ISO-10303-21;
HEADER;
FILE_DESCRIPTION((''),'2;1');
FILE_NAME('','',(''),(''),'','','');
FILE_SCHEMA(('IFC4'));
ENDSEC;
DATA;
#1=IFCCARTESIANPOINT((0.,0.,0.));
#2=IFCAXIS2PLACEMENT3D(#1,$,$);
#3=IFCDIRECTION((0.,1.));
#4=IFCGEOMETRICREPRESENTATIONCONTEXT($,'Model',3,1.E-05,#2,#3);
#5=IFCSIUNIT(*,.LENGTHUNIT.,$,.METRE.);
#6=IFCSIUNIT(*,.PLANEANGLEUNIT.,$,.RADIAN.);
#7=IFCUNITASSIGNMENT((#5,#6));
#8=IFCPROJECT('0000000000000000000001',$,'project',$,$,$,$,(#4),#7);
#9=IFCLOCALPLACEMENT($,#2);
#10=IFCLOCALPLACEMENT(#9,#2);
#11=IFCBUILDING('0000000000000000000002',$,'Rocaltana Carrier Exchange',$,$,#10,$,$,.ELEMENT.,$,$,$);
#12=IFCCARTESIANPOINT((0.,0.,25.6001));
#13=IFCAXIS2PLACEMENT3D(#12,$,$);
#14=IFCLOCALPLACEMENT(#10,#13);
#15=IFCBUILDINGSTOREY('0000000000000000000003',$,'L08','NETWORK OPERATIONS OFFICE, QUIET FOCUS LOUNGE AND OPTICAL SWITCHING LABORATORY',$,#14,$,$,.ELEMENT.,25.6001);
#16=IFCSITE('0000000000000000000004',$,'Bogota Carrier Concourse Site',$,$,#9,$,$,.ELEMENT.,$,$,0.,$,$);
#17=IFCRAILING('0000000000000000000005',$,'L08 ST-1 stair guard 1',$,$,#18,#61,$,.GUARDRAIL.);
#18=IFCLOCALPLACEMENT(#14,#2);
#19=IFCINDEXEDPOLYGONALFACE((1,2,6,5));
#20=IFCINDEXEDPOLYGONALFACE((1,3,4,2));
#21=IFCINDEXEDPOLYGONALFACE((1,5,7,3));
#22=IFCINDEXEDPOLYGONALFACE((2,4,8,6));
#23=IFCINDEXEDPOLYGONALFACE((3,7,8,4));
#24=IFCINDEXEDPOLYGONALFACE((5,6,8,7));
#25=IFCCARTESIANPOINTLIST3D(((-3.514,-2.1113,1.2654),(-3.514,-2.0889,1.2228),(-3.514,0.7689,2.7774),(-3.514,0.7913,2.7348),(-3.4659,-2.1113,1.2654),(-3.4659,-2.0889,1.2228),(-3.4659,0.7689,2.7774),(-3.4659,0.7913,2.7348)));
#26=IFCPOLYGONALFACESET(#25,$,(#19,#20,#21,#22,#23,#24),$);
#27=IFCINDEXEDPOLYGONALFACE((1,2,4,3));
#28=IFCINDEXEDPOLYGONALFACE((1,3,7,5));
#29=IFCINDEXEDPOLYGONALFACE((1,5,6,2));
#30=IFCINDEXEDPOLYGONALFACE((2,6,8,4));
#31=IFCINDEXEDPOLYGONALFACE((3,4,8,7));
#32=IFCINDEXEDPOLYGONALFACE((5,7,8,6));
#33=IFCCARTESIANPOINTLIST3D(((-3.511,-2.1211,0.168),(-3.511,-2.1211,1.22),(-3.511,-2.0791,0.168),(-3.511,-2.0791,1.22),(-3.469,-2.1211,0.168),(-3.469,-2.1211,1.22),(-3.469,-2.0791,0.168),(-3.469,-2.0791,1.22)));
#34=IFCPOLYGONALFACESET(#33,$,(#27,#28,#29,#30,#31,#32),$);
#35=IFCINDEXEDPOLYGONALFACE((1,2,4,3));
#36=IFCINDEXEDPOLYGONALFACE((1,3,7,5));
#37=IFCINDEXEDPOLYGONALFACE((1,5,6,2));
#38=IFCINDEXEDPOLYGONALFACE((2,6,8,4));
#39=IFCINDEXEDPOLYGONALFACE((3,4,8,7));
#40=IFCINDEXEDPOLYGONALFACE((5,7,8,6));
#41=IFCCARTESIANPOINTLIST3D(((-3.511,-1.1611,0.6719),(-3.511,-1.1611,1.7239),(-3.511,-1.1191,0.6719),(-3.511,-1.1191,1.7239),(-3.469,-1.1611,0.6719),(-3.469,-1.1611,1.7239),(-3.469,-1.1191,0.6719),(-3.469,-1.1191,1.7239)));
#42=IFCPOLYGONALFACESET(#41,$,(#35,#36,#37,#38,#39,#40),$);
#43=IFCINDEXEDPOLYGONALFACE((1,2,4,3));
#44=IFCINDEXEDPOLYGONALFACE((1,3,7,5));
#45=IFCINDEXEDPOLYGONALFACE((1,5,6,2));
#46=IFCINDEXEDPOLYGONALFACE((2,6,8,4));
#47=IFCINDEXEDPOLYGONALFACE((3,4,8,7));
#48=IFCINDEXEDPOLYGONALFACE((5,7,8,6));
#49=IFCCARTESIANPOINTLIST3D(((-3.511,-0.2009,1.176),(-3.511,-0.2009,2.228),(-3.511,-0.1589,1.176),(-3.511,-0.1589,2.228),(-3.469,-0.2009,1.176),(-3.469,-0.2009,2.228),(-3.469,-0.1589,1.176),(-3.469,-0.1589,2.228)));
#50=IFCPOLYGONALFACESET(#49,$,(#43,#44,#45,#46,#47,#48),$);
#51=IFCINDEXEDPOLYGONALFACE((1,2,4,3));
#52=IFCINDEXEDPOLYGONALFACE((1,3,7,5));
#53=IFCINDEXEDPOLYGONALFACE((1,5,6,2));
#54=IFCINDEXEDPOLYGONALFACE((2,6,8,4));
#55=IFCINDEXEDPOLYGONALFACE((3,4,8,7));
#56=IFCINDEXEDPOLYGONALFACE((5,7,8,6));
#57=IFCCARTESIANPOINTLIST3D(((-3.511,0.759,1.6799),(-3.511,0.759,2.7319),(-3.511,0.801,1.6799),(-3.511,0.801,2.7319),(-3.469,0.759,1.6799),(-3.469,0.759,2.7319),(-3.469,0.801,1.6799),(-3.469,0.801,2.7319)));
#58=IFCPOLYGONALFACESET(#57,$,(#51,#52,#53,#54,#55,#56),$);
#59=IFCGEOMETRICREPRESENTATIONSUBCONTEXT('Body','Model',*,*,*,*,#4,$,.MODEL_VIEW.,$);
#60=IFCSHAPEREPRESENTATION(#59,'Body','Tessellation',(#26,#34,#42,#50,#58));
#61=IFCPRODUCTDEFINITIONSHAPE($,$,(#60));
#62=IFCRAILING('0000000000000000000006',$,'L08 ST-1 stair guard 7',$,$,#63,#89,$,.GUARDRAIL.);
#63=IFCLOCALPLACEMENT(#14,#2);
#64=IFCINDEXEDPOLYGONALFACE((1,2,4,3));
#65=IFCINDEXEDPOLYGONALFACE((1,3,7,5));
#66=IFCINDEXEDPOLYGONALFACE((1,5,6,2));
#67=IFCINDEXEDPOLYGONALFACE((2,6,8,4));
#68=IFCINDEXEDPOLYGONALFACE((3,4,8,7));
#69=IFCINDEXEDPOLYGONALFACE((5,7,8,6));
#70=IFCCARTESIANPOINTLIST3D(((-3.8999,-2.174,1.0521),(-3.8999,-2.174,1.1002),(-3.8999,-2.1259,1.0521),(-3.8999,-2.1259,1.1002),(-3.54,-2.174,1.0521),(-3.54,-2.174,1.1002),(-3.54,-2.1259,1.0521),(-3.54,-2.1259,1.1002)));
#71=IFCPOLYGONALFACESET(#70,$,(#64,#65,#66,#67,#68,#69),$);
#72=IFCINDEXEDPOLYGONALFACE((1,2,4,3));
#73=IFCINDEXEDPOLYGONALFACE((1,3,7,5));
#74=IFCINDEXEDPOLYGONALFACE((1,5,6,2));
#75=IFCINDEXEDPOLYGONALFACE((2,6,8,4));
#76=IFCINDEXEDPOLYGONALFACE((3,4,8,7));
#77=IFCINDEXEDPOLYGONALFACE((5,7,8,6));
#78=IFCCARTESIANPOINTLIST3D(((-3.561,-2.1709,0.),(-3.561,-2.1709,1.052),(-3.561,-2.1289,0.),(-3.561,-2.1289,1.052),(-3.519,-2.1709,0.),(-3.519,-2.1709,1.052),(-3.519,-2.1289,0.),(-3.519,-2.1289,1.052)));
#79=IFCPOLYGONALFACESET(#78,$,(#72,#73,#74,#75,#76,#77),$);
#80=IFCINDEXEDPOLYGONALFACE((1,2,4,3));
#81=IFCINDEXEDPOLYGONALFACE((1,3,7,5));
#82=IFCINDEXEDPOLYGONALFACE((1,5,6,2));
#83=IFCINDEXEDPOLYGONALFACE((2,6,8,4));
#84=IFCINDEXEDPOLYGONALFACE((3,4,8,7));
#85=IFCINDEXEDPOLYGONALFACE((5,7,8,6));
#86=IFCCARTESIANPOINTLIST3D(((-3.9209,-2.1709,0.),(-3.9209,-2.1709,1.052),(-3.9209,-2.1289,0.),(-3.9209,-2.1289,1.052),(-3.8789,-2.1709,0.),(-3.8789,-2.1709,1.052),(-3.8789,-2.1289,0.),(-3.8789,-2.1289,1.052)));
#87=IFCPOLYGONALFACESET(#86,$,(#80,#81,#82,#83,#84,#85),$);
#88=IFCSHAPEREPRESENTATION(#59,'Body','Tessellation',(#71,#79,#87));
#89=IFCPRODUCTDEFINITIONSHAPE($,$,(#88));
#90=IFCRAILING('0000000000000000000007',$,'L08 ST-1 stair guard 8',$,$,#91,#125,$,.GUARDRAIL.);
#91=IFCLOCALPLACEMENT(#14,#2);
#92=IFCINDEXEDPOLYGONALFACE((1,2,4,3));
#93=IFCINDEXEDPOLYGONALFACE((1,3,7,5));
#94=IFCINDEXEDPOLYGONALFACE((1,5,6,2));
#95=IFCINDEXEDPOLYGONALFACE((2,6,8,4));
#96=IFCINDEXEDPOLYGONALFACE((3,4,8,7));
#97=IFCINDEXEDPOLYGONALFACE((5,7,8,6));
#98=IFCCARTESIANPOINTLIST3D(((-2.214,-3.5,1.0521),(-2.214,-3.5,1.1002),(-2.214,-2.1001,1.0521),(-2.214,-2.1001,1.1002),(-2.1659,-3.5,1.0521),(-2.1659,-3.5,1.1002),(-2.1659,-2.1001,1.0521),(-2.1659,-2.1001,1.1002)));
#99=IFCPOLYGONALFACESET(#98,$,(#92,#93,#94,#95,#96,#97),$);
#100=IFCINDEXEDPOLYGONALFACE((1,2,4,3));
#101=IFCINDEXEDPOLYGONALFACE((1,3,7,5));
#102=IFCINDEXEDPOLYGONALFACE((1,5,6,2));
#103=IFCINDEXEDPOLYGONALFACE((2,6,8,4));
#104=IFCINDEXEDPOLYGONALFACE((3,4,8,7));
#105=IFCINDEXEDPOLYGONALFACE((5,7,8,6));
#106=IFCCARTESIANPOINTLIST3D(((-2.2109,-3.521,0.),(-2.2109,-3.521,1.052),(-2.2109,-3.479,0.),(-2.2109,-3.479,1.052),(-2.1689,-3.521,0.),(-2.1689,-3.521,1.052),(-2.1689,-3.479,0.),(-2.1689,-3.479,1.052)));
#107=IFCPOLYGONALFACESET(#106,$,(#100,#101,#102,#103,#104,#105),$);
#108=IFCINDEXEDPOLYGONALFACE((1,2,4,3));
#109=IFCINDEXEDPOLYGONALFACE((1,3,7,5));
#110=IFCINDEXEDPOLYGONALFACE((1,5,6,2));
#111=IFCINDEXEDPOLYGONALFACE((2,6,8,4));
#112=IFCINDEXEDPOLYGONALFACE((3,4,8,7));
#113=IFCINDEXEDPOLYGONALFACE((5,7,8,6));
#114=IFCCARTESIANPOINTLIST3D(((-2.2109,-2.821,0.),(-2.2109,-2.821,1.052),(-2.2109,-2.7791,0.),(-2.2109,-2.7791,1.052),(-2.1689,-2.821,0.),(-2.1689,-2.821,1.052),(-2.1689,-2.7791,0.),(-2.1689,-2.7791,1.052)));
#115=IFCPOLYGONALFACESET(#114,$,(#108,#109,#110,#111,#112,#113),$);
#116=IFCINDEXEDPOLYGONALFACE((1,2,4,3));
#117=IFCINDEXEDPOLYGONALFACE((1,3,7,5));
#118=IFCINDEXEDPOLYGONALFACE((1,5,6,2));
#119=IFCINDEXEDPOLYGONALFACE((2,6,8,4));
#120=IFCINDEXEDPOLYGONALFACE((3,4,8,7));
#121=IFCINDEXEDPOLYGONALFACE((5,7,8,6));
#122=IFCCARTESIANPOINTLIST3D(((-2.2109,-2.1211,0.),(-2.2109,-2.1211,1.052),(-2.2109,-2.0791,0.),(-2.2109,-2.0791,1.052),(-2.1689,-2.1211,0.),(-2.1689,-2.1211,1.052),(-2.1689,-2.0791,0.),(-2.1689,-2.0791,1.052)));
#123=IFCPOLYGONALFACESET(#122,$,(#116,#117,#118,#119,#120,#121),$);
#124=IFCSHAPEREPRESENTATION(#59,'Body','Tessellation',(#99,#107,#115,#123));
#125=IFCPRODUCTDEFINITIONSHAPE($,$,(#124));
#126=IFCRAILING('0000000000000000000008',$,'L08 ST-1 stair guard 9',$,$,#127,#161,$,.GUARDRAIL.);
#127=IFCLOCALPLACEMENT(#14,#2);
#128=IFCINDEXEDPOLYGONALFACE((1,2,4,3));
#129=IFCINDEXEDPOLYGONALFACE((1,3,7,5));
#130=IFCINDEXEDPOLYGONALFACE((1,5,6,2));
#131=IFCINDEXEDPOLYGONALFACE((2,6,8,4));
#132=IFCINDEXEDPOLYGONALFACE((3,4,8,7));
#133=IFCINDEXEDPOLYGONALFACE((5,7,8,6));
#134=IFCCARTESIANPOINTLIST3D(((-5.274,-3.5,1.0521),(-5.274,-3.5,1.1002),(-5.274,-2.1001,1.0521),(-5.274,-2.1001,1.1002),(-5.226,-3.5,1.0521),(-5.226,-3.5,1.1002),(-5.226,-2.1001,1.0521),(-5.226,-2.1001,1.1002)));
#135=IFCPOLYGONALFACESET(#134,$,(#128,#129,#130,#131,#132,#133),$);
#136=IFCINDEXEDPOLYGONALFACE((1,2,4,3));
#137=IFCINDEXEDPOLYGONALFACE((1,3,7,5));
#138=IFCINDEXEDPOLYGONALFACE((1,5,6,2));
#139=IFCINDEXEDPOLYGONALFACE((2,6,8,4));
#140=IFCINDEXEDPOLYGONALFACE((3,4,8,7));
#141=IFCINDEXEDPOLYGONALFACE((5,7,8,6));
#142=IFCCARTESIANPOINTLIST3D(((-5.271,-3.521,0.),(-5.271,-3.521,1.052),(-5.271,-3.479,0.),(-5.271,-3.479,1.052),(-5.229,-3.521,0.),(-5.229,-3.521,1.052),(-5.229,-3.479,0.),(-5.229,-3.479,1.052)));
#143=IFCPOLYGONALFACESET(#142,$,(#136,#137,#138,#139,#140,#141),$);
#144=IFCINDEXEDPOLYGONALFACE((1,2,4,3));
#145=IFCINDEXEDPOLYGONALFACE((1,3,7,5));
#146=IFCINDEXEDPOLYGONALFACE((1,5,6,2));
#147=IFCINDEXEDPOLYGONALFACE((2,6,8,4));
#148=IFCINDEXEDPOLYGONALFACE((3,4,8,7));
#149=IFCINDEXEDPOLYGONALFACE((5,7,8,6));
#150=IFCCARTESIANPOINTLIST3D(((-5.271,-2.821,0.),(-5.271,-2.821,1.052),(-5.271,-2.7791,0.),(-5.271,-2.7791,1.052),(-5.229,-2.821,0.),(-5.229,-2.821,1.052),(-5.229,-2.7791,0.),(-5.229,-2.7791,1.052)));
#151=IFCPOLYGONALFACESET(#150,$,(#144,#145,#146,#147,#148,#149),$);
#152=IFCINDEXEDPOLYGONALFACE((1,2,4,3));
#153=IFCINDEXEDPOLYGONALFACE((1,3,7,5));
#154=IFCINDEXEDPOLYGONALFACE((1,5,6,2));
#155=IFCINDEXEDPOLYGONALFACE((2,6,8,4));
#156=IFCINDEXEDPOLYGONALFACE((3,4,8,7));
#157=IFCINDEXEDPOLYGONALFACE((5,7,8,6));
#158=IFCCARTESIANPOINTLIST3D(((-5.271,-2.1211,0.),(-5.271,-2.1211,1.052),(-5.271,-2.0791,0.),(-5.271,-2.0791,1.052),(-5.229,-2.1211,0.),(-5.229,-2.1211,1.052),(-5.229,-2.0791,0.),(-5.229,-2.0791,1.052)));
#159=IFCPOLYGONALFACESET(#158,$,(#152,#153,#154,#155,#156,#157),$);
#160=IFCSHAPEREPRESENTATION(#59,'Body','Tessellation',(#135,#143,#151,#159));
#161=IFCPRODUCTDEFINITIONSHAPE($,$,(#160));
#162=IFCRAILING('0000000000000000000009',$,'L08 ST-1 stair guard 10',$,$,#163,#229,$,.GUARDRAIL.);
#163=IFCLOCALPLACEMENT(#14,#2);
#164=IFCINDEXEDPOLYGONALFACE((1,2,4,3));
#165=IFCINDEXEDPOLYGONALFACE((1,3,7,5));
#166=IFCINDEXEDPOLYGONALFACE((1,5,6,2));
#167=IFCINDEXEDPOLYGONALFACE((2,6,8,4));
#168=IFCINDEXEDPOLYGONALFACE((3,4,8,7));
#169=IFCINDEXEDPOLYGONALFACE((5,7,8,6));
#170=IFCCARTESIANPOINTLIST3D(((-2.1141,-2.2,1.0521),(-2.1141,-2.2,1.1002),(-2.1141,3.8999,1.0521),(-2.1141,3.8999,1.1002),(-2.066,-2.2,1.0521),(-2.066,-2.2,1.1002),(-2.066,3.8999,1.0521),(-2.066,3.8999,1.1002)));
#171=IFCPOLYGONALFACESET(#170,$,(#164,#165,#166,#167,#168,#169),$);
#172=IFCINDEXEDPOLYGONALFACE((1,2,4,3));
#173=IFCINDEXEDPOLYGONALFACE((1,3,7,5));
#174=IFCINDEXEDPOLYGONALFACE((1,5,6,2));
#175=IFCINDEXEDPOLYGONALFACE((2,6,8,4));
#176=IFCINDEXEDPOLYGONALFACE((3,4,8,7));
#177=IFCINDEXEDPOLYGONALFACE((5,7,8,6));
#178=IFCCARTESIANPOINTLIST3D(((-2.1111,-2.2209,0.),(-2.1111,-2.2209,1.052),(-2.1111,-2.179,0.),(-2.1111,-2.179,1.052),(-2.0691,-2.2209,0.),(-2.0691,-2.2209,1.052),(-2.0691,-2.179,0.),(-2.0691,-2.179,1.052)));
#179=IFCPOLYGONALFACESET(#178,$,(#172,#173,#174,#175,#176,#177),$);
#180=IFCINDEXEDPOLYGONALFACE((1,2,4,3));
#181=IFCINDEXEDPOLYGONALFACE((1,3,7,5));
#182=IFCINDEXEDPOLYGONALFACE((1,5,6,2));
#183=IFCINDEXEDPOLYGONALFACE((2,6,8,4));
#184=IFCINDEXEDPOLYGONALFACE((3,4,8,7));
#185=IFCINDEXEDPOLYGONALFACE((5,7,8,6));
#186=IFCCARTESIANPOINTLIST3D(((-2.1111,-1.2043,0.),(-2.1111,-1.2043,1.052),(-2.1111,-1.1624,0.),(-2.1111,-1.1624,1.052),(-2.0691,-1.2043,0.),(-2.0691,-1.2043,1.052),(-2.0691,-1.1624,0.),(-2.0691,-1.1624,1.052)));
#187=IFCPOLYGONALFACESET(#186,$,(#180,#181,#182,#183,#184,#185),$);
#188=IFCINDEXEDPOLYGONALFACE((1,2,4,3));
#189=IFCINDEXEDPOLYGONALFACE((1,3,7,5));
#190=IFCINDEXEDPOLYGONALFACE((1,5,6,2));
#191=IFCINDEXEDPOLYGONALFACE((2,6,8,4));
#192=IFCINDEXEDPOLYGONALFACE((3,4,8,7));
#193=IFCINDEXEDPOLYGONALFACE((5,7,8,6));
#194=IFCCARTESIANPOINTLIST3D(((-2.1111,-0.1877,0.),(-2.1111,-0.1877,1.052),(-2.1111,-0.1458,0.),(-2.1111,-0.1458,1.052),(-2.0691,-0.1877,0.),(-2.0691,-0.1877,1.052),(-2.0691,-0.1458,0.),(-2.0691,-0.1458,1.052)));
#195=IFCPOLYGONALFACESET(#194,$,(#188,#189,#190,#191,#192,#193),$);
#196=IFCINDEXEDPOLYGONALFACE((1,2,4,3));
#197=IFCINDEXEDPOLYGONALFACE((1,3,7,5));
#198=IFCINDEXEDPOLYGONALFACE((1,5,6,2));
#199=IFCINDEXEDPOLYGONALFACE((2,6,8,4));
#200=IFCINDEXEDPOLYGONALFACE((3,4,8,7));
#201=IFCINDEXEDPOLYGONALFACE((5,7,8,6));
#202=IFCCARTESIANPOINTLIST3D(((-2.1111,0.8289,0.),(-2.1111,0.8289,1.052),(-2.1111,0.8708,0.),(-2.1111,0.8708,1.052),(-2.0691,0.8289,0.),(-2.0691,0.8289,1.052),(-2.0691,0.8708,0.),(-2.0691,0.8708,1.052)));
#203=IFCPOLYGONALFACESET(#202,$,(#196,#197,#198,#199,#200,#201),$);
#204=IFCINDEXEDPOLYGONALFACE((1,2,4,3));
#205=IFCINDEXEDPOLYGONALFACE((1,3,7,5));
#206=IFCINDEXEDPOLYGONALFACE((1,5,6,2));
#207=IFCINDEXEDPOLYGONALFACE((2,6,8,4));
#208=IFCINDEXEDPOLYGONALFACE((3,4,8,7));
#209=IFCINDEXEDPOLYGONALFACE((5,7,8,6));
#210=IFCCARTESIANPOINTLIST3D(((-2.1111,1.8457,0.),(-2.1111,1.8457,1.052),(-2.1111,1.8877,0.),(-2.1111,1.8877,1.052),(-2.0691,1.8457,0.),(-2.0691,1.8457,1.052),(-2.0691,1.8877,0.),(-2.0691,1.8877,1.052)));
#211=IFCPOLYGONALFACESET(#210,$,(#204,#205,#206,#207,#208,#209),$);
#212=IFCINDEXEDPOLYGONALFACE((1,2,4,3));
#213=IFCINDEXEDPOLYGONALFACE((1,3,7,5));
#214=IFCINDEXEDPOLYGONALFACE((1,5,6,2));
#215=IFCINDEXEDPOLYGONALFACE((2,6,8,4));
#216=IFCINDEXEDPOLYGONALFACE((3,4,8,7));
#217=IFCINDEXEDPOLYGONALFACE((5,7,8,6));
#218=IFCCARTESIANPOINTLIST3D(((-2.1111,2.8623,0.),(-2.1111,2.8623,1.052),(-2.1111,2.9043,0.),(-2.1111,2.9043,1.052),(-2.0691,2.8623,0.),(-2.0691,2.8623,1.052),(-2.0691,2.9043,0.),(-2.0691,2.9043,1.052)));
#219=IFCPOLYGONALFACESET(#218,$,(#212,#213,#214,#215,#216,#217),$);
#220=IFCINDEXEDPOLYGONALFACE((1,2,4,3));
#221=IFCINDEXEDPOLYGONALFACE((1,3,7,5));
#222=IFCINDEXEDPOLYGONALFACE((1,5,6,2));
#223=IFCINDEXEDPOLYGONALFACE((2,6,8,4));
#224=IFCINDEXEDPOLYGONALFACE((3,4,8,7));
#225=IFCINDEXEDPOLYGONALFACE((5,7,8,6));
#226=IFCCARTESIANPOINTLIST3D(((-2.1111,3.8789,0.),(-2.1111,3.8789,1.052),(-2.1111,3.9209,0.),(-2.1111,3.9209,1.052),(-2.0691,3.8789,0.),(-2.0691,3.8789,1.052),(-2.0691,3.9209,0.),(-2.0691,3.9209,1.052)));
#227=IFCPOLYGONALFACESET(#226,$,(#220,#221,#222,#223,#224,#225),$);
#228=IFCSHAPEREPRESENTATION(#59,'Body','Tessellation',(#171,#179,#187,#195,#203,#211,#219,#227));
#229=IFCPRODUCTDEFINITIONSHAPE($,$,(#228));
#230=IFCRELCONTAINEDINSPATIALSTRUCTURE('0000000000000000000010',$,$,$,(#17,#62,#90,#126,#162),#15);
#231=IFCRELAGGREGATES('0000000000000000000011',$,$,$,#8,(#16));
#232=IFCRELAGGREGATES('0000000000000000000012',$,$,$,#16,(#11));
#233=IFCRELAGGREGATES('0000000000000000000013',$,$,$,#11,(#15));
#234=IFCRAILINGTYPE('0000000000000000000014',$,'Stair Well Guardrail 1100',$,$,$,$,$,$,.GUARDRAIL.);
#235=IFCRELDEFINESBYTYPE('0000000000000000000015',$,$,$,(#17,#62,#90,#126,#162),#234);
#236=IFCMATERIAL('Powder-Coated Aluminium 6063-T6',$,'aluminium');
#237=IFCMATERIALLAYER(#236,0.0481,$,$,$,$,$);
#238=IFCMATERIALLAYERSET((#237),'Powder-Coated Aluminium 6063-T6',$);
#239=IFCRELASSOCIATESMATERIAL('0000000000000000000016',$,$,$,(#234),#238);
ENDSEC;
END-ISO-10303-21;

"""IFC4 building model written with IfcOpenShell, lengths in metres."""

from ifc_helpers import new_model, si_unit, direction, frame, origin, origin_2d, place, context, subcontext, project, spatial, rectangle, extrude, material, layer, layer_set, type_object, element, save


model = new_model("IFC4")

# Units and contexts
model_context = context("Model", 3, precision=1e-05, world=origin(), true_north=direction((0.0, 1.0)))
body_context = subcontext(model_context, "Body", "Model", "MODEL_VIEW")
ifc_project = project(units=[si_unit("LENGTHUNIT", "METRE"), si_unit("PLANEANGLEUNIT", "RADIAN")], contexts=[model_context])

# Site, building, storey
site_placement = place(None, origin())
site = spatial("IfcSite", under=ifc_project, at=site_placement, Name="Bogota Carrier Concourse Site", CompositionType="ELEMENT", RefElevation=0.0)
building_placement = place(site_placement, origin())
building = spatial("IfcBuilding", under=site, at=building_placement, Name="Rocaltana Carrier Exchange", CompositionType="ELEMENT")
storey_placement = place(building_placement, frame((0.0, 0.0, 25.6001)))
storey = spatial("IfcBuildingStorey", under=building, at=storey_placement, Name="L08", Description="NETWORK OPERATIONS OFFICE, QUIET FOCUS LOUNGE AND OPTICAL SWITCHING LABORATORY", CompositionType="ELEMENT", Elevation=25.6001)

# Railings
ifc_material_1 = material(Name="Powder-Coated Aluminium 6063-T6", Category="aluminium")
ifc_layer_1 = layer(ifc_material_1, 0.0481)
ifc_layer_set_1 = layer_set([ifc_layer_1], Name="Powder-Coated Aluminium 6063-T6")
railing_type_1 = type_object("IfcRailingType", Name="Stair Well Guardrail 1100", PredefinedType="GUARDRAIL", material=ifc_layer_set_1)
railing_1_placement = place(storey_placement, frame((-3.49, -2.1001, 0.168)))
element("IfcRailing", 1, at=railing_1_placement, inside=storey, type_object=railing_type_1, Name="L08 ST-1 stair guard 1", PredefinedType="GUARDRAIL", context=body_context, shape_type="SweptSolid", body=[
    extrude(rectangle(XDim=0.0481, YDim=0.0481, at=origin_2d()), frame((0.0, 0.0, 1.0762), z_axis=(0.0, 0.885411, 0.464809), x_axis=(-1.0, 0.0, 0.0)), (0.0, 0.0, 1.0), 3.2529),
    extrude(rectangle(XDim=0.042, YDim=0.042, at=origin_2d()), origin(), (0.0, 0.0, 1.0), 1.052),
    extrude(rectangle(XDim=0.042, YDim=0.042, at=origin_2d()), frame((0.0, 0.96, 0.5039)), (0.0, 0.0, 1.0), 1.052),
    extrude(rectangle(XDim=0.042, YDim=0.042, at=origin_2d()), frame((0.0, 1.9202, 1.0081)), (0.0, 0.0, 1.0), 1.052),
    extrude(rectangle(XDim=0.042, YDim=0.042, at=origin_2d()), frame((0.0, 2.8801, 1.512)), (0.0, 0.0, 1.0), 1.052),
])
railing_2_placement = place(storey_placement, frame((-3.54, -2.1499, 0.0)))
element("IfcRailing", 2, at=railing_2_placement, inside=storey, type_object=railing_type_1, Name="L08 ST-1 stair guard 7", PredefinedType="GUARDRAIL", context=body_context, shape_type="SweptSolid", body=[
    extrude(rectangle(XDim=0.0481, YDim=0.0481, at=origin_2d()), frame((0.0, 0.0, 1.0762), z_axis=(-1.0, 0.0, 0.0), x_axis=(0.0, -1.0, 0.0)), (0.0, 0.0, 1.0), 0.3599),
    extrude(rectangle(XDim=0.042, YDim=0.042, at=origin_2d()), origin(), (0.0, 0.0, 1.0), 1.052),
    extrude(rectangle(XDim=0.042, YDim=0.042, at=origin_2d()), frame((-0.3599, 0.0, 0.0)), (0.0, 0.0, 1.0), 1.052),
])
for number, where, name in (
    (3, (-2.1899, -3.5, 0.0), "L08 ST-1 stair guard 8"),
    (4, (-5.25, -3.5, 0.0), "L08 ST-1 stair guard 9"),
):
    element("IfcRailing", number, at=place(storey_placement, frame(where)), inside=storey, type_object=railing_type_1, Name=name, PredefinedType="GUARDRAIL", context=body_context, shape_type="SweptSolid", body=[
        extrude(rectangle(XDim=0.0481, YDim=0.0481, at=origin_2d()), frame((0.0, 0.0, 1.0762), z_axis=(0.0, 1.0, 0.0), x_axis=(-1.0, 0.0, 0.0)), (0.0, 0.0, 1.0), 1.3999),
        extrude(rectangle(XDim=0.042, YDim=0.042, at=origin_2d()), origin(), (0.0, 0.0, 1.0), 1.052),
        extrude(rectangle(XDim=0.042, YDim=0.042, at=origin_2d()), frame((0.0, 0.7, 0.0)), (0.0, 0.0, 1.0), 1.052),
        extrude(rectangle(XDim=0.042, YDim=0.042, at=origin_2d()), frame((0.0, 1.3999, 0.0)), (0.0, 0.0, 1.0), 1.052),
    ])
for number, where, name in (
    (5, (-2.0901, -2.2, 0.0), "L08 ST-1 stair guard 10"),
):
    element("IfcRailing", number, at=place(storey_placement, frame(where)), inside=storey, type_object=railing_type_1, Name=name, PredefinedType="GUARDRAIL", context=body_context, shape_type="SweptSolid", body=[
        extrude(rectangle(XDim=0.0481, YDim=0.0481, at=origin_2d()), frame((0.0, 0.0, 1.0762), z_axis=(0.0, 1.0, 0.0), x_axis=(-1.0, 0.0, 0.0)), (0.0, 0.0, 1.0), 6.0999),
        extrude(rectangle(XDim=0.042, YDim=0.042, at=origin_2d()), origin(), (0.0, 0.0, 1.0), 1.052),
        extrude(rectangle(XDim=0.042, YDim=0.042, at=origin_2d()), frame((0.0, 1.0166, 0.0)), (0.0, 0.0, 1.0), 1.052),
        extrude(rectangle(XDim=0.042, YDim=0.042, at=origin_2d()), frame((0.0, 2.0332, 0.0)), (0.0, 0.0, 1.0), 1.052),
        extrude(rectangle(XDim=0.042, YDim=0.042, at=origin_2d()), frame((0.0, 3.0498, 0.0)), (0.0, 0.0, 1.0), 1.052),
        extrude(rectangle(XDim=0.042, YDim=0.042, at=origin_2d()), frame((0.0, 4.0667, 0.0)), (0.0, 0.0, 1.0), 1.052),
        extrude(rectangle(XDim=0.042, YDim=0.042, at=origin_2d()), frame((0.0, 5.0833, 0.0)), (0.0, 0.0, 1.0), 1.052),
        extrude(rectangle(XDim=0.042, YDim=0.042, at=origin_2d()), frame((0.0, 6.0999, 0.0)), (0.0, 0.0, 1.0), 1.052),
    ])

save(model, "model.ifc")
